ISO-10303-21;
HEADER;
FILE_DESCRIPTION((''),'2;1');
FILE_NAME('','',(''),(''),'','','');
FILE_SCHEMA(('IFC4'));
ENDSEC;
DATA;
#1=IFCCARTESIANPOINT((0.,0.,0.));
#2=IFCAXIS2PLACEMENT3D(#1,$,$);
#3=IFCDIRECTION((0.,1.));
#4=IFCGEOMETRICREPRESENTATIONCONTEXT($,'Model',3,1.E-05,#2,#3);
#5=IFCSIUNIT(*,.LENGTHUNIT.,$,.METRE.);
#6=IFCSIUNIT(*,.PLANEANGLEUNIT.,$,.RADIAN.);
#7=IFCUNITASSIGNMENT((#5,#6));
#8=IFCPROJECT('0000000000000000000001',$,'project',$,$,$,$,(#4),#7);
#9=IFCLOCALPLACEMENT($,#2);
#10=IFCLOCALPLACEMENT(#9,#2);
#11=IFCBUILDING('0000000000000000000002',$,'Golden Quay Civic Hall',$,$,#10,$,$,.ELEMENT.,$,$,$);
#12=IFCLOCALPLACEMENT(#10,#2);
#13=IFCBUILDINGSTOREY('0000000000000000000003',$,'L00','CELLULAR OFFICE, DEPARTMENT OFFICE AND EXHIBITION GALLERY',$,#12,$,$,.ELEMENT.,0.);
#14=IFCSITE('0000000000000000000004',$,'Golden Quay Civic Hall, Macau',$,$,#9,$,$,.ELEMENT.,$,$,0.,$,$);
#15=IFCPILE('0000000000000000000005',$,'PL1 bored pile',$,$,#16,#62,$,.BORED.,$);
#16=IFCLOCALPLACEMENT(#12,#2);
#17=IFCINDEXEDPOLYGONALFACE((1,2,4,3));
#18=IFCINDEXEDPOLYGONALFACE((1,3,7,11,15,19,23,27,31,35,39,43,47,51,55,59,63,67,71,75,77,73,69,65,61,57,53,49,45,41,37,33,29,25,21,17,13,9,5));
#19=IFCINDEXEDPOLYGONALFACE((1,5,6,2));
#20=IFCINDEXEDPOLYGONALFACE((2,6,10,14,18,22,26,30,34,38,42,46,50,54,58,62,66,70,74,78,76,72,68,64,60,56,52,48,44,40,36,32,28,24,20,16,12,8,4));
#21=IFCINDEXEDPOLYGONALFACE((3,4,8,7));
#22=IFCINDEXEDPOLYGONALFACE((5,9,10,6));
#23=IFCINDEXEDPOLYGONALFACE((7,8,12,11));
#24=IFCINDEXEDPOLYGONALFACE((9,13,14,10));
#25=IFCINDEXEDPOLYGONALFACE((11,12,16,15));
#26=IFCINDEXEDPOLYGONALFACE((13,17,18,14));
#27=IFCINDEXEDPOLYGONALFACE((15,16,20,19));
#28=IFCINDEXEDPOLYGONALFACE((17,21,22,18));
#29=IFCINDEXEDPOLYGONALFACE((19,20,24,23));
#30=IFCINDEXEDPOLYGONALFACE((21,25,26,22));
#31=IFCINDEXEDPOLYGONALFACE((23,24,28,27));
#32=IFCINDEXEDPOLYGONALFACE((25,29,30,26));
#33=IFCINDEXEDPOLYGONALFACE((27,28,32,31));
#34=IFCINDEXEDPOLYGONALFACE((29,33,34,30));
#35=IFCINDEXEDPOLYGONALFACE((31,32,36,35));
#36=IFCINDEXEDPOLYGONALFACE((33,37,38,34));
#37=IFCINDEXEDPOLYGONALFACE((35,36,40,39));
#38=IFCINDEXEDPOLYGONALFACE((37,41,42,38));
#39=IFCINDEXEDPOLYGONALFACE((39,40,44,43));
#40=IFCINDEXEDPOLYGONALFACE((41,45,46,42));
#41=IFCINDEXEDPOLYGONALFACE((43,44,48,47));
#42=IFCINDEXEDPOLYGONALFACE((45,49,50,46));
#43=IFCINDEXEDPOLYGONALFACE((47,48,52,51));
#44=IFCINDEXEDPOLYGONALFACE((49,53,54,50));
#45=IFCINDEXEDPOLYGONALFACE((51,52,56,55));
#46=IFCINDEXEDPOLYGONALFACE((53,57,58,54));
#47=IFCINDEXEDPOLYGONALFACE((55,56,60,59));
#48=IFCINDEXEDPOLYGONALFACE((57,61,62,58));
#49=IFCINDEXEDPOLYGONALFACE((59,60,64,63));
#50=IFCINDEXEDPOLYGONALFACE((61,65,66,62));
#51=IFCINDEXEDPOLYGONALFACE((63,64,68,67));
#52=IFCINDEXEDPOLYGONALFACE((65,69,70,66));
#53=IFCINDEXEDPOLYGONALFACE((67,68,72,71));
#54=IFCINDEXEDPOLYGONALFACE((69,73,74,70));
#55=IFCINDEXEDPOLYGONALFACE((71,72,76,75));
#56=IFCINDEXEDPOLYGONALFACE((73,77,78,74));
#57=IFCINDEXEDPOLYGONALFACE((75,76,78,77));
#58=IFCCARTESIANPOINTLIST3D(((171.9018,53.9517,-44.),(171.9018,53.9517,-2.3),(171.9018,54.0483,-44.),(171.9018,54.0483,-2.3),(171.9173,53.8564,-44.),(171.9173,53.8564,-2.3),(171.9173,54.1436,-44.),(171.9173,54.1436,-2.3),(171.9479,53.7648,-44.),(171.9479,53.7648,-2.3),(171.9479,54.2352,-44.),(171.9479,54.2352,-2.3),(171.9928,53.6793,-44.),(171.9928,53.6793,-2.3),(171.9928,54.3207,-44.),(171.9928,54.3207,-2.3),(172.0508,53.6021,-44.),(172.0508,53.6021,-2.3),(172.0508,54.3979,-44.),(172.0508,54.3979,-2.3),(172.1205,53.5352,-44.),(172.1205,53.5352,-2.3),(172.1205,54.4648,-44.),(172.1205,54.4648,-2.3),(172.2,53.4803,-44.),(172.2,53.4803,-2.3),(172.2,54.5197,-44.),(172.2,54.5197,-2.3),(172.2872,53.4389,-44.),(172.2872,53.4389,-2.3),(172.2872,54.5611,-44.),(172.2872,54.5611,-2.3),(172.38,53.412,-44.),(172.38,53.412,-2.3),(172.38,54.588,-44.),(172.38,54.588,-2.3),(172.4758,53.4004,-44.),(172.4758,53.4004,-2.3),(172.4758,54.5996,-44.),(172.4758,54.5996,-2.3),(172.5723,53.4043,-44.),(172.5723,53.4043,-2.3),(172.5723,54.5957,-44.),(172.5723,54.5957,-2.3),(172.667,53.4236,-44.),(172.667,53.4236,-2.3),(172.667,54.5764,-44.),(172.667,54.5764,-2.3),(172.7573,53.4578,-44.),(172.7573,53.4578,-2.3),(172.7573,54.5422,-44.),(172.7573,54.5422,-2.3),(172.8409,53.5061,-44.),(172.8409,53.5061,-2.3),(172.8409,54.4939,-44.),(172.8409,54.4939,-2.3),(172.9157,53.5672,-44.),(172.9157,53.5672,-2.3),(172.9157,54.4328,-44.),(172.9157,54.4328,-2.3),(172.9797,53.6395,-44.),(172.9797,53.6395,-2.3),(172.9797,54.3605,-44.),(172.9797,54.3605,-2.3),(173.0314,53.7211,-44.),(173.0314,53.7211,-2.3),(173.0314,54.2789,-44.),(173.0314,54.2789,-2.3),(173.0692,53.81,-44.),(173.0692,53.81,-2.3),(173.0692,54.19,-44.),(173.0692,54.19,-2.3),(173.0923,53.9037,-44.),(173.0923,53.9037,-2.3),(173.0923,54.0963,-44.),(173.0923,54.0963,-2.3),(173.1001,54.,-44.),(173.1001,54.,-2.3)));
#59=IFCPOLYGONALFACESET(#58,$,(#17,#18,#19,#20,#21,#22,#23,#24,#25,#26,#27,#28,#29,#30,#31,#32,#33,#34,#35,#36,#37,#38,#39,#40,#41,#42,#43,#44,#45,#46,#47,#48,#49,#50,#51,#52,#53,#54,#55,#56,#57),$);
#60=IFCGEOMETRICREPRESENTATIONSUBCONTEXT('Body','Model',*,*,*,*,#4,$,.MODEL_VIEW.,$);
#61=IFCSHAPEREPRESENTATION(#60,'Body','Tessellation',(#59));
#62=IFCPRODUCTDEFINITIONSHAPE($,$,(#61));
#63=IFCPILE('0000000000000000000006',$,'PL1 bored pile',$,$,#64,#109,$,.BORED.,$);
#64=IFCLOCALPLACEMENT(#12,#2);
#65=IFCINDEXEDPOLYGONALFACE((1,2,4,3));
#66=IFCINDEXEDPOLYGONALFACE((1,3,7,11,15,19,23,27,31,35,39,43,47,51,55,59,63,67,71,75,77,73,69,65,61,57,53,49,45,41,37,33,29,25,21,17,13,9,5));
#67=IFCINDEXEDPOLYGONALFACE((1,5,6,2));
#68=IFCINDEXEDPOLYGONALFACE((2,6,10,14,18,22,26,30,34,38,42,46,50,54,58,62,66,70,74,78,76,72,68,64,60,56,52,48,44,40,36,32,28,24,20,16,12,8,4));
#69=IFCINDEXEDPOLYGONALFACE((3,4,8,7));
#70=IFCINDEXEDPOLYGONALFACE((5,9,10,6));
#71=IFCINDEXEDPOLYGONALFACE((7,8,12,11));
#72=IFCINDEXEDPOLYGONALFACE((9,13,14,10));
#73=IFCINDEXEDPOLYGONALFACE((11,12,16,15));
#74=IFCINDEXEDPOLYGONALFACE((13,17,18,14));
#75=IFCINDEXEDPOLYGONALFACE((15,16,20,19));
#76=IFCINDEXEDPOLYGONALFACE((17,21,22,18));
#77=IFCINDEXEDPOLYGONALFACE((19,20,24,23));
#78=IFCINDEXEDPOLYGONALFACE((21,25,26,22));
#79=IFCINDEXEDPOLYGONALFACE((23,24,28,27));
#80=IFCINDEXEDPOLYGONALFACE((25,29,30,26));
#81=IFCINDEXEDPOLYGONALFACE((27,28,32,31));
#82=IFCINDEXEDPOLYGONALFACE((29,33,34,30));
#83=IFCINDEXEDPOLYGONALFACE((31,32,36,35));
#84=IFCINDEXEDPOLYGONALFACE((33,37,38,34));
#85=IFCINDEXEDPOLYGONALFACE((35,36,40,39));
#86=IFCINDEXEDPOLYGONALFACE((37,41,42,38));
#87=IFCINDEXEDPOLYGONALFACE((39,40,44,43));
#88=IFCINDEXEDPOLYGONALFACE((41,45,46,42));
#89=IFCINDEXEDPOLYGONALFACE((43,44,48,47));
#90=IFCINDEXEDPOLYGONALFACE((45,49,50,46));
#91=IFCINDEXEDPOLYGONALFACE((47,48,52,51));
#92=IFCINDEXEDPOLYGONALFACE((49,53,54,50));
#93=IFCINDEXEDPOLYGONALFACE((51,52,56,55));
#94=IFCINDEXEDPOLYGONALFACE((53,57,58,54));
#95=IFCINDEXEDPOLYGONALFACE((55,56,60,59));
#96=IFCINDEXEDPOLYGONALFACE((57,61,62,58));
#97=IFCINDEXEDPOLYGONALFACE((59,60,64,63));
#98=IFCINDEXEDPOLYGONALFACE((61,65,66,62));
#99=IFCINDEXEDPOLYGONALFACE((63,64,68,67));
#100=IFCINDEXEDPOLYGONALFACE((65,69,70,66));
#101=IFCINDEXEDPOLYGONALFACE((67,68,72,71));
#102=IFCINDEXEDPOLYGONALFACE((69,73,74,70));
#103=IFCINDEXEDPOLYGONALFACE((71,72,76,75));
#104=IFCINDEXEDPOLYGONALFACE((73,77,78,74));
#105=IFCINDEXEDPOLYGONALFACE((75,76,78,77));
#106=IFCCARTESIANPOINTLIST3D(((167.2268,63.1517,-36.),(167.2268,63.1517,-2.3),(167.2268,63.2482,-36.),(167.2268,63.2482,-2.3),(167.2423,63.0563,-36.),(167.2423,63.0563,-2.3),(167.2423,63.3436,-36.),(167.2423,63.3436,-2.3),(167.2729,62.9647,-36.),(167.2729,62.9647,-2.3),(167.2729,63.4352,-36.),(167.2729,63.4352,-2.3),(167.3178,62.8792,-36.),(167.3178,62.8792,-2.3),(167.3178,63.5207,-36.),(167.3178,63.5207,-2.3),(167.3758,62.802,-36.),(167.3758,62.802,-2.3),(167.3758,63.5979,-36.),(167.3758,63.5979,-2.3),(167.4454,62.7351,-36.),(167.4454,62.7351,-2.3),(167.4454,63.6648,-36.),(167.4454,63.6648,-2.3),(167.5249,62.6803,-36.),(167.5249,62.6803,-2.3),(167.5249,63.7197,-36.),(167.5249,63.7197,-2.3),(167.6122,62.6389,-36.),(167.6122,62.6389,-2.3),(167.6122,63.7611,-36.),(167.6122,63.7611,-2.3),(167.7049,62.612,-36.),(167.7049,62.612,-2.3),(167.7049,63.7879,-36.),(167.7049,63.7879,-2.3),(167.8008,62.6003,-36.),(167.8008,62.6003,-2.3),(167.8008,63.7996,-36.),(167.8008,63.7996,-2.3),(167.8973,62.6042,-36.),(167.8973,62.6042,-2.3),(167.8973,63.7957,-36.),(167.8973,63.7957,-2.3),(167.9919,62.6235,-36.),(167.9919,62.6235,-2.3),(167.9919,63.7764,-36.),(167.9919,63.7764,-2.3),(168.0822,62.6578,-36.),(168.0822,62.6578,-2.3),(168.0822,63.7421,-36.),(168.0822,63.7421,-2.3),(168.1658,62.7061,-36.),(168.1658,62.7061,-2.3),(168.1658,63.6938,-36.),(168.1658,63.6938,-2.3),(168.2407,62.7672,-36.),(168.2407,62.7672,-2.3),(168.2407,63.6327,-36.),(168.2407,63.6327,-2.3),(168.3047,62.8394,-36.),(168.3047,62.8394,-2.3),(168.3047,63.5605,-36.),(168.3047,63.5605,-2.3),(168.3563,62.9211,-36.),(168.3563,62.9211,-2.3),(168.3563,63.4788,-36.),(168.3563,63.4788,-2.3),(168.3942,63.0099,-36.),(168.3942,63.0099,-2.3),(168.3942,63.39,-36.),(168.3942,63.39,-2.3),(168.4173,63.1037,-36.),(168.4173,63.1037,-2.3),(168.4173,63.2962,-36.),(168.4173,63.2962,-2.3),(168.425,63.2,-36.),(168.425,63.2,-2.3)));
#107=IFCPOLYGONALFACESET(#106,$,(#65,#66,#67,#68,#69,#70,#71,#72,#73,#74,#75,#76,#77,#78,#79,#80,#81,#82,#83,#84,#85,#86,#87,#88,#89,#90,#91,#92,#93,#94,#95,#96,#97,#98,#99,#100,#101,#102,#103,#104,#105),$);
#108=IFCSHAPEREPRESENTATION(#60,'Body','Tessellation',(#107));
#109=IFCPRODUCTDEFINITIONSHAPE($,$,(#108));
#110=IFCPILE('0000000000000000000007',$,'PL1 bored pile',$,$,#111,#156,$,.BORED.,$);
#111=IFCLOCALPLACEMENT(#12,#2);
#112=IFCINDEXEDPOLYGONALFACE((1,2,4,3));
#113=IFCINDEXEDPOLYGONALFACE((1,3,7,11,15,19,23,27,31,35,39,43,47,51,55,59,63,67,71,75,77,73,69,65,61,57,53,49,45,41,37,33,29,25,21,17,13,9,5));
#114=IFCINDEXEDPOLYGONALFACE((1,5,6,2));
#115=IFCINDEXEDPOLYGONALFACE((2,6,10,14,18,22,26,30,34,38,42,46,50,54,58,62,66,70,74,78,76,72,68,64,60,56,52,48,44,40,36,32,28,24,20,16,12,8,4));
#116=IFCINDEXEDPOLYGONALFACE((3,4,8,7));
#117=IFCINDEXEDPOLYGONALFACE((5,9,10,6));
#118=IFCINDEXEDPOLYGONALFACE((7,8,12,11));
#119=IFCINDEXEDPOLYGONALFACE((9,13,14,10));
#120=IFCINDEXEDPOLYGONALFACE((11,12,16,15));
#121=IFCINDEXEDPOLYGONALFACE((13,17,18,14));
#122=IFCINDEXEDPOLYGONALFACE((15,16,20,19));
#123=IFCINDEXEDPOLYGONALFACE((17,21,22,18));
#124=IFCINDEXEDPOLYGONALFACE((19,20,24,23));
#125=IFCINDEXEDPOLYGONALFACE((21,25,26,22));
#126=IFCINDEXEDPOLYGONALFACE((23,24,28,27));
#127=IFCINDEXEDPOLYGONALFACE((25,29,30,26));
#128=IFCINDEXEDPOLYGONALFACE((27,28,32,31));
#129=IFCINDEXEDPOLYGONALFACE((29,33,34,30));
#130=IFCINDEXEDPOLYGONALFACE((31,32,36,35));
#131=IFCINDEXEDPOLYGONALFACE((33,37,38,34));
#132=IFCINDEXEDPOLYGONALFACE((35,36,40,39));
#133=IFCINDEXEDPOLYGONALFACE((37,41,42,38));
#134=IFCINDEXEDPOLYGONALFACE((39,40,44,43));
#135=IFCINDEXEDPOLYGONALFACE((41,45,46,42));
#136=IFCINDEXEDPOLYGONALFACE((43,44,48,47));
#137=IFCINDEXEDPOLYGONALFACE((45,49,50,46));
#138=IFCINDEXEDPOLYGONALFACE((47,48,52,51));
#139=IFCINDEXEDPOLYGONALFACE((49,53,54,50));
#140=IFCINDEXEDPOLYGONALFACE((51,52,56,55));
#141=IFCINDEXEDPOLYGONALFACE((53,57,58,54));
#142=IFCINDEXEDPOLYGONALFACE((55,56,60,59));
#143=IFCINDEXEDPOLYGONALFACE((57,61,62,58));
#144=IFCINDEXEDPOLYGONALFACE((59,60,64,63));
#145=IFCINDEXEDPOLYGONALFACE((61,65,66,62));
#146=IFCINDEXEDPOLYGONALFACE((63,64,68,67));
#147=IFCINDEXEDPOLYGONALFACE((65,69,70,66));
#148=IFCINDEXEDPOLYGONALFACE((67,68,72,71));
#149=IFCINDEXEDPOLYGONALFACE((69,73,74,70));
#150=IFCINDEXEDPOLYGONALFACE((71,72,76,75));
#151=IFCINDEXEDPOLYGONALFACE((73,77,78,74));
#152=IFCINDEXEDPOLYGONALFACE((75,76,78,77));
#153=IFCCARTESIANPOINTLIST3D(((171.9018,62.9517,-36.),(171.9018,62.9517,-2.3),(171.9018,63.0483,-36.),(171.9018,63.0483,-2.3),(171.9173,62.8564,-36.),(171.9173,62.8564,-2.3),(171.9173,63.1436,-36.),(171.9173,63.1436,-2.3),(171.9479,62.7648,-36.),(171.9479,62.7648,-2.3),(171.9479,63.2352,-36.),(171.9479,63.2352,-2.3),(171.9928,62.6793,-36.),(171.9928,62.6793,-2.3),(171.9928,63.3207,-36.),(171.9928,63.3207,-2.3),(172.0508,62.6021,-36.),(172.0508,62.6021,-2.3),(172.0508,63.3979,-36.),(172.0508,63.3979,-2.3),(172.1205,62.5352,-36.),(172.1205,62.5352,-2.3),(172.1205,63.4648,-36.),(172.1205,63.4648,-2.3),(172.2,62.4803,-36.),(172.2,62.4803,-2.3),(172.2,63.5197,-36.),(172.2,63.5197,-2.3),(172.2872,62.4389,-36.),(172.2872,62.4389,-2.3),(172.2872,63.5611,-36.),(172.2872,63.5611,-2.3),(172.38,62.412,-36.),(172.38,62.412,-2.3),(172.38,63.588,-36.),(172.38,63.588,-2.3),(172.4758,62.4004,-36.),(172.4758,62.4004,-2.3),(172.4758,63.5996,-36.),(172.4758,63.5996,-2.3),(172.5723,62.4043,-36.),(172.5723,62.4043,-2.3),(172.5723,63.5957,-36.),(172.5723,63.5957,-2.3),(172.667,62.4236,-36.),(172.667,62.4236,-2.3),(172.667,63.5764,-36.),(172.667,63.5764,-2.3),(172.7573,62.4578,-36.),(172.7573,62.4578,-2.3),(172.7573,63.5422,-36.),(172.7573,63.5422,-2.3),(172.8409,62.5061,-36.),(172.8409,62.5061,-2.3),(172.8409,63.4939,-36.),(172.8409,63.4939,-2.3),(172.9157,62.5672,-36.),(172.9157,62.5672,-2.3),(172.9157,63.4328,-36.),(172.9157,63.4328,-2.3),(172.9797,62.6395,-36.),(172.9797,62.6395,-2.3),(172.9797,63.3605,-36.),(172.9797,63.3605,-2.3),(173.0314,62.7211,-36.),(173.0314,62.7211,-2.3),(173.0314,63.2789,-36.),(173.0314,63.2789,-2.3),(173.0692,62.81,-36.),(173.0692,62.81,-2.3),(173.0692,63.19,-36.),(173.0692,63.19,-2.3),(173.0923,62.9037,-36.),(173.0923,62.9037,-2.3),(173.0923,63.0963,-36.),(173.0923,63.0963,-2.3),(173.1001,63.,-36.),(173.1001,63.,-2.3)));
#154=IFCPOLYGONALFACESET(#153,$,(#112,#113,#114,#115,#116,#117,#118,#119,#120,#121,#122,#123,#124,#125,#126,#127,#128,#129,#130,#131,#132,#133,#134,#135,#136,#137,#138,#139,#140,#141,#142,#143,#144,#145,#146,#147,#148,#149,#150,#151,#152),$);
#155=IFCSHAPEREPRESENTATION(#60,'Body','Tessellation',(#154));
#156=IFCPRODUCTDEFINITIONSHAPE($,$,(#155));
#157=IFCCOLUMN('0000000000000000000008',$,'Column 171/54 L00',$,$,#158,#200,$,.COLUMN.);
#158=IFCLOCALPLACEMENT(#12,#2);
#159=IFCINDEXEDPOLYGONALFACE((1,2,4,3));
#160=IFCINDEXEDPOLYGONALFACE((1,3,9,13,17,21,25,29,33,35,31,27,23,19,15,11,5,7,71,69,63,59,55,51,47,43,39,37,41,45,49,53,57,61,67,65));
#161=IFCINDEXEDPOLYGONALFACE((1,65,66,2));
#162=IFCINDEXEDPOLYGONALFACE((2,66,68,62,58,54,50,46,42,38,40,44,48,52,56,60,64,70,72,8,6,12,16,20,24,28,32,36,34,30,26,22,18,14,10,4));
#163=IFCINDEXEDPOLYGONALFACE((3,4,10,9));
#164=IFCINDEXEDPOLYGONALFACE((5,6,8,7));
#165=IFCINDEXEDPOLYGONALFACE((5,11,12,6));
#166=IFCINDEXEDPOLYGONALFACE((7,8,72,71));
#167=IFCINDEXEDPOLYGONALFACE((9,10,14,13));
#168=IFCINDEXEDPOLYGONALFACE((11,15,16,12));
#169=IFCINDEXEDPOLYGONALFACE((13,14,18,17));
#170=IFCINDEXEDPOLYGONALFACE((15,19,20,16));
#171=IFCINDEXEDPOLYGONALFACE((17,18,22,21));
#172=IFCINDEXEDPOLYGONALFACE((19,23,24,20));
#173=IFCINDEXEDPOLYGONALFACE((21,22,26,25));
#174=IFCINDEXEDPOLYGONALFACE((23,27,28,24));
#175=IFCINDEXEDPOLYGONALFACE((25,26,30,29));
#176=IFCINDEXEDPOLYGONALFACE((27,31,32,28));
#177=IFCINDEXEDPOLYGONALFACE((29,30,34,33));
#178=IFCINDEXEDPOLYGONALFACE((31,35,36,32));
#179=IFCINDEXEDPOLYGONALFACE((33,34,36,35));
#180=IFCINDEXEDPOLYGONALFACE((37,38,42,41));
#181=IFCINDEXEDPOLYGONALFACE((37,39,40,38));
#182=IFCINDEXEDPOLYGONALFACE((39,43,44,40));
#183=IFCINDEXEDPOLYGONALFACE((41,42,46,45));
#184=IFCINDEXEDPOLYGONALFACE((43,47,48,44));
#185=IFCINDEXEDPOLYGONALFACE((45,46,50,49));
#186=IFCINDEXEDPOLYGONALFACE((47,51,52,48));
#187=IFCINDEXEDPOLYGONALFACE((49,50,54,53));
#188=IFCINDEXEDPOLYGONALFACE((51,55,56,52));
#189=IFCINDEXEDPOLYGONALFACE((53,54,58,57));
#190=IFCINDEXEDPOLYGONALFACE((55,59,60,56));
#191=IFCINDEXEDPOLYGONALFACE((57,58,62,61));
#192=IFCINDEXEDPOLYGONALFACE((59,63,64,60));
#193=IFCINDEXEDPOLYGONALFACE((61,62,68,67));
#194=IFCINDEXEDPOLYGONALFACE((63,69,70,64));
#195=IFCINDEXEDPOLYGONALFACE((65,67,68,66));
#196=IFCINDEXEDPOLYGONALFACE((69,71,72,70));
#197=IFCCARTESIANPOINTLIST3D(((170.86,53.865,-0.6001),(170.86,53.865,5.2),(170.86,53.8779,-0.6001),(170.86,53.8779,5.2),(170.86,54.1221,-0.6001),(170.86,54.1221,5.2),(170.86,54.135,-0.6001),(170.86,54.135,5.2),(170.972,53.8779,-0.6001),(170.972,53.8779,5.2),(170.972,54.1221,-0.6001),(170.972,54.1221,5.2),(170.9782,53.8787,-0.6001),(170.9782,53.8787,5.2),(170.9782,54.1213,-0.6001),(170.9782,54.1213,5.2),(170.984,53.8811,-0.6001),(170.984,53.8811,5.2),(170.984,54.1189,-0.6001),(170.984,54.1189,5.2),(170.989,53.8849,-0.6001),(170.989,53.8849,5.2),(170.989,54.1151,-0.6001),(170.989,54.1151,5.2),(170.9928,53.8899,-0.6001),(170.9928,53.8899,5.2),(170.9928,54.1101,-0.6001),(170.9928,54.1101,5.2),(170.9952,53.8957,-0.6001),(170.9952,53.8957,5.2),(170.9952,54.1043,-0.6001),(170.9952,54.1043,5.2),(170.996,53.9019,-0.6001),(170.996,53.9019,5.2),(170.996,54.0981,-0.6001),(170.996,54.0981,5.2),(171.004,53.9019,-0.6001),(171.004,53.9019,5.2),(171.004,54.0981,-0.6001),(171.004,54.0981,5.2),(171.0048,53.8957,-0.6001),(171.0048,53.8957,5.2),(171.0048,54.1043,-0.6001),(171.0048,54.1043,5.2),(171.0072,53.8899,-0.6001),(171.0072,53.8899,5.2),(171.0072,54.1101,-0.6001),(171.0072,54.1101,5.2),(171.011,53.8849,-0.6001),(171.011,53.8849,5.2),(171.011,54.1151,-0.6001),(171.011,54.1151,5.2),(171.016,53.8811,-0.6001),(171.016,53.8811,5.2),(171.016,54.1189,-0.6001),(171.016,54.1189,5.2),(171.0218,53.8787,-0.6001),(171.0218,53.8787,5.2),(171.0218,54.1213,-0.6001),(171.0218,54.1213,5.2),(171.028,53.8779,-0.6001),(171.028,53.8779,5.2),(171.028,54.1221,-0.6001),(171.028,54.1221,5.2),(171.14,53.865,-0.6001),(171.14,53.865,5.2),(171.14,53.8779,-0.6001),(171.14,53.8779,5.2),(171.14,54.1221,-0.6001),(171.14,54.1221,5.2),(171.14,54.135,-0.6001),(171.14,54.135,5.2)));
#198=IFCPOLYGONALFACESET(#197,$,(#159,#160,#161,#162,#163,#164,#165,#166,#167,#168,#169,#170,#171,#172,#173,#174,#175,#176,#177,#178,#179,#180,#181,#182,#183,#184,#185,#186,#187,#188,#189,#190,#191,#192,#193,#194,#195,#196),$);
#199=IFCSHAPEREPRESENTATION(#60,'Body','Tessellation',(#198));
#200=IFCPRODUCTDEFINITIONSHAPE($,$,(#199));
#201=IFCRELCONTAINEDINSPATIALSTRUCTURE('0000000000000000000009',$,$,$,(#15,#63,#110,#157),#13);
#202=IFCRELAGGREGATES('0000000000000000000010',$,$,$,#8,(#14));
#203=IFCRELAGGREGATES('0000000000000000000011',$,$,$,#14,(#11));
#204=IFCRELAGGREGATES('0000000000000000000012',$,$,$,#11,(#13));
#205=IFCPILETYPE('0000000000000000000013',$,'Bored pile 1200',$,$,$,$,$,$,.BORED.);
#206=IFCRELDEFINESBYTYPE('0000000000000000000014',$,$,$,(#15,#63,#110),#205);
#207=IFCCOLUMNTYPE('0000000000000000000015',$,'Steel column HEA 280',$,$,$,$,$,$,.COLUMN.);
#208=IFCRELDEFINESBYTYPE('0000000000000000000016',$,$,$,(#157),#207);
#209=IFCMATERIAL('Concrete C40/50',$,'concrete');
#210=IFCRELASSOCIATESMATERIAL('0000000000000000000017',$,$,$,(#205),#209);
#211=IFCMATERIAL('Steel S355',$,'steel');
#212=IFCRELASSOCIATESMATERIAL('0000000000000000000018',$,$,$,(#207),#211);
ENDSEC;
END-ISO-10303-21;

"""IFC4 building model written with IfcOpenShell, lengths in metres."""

from ifc_helpers import new_model, si_unit, direction, frame, origin, origin_2d, place, context, subcontext, project, spatial, circle, i_section, extrude, material, material_profile, profile_set, type_object, element, save


model = new_model("IFC4")

# Units and contexts
model_context = context("Model", 3, precision=1e-05, world=origin(), true_north=direction((0.0, 1.0)))
body_context = subcontext(model_context, "Body", "Model", "MODEL_VIEW")
ifc_project = project(units=[si_unit("LENGTHUNIT", "METRE"), si_unit("PLANEANGLEUNIT", "RADIAN")], contexts=[model_context])

# Site, building, storey
site_placement = place(None, origin())
site = spatial("IfcSite", under=ifc_project, at=site_placement, Name="Golden Quay Civic Hall, Macau", CompositionType="ELEMENT", RefElevation=0.0)
building_placement = place(site_placement, origin())
building = spatial("IfcBuilding", under=site, at=building_placement, Name="Golden Quay Civic Hall", CompositionType="ELEMENT")
storey_placement = place(building_placement, origin())
storey = spatial("IfcBuildingStorey", under=building, at=storey_placement, Name="L00", Description="CELLULAR OFFICE, DEPARTMENT OFFICE AND EXHIBITION GALLERY", CompositionType="ELEMENT", Elevation=0.0)

# Piles
ifc_material_1 = material(Name="Concrete C40/50", Category="concrete")
ifc_material_profile_1 = material_profile(ifc_material_1, circle(Radius=0.6001, at=origin_2d()), Name="RC D1200")
ifc_profile_set_1 = profile_set([ifc_material_profile_1], Name="Concrete C40/50")
pile_type = type_object("IfcPileType", Name="Bored pile 1200", PredefinedType="BORED", material=ifc_profile_set_1)
pile_placement = place(storey_placement, frame((172.5, 54.0, -2.3), z_axis=(0.0, 0.0, -1.0), x_axis=(1.0, 0.0, 0.0)))
element("IfcPile", 1, at=pile_placement, inside=storey, type_object=pile_type, Name="PL1 bored pile", PredefinedType="BORED", context=body_context, shape_type="SweptSolid", body=[
    extrude(circle(Radius=0.6001, at=origin_2d()), origin(), (0.0, 0.0, 1.0), 41.7),
])
for number, where, z_axis, x_axis, name in (
    (2, (167.825, 63.2, -2.3), (0.0, 0.0, -1.0), (1.0, 0.0, 0.0), "PL1 bored pile"),
    (3, (172.5, 63.0, -2.3), (0.0, 0.0, -1.0), (1.0, 0.0, 0.0), "PL1 bored pile"),
):
    element("IfcPile", number, at=place(storey_placement, frame(where, z_axis=z_axis, x_axis=x_axis)), inside=storey, type_object=pile_type, Name=name, PredefinedType="BORED", context=body_context, shape_type="SweptSolid", body=[
        extrude(circle(Radius=0.6001, at=origin_2d()), origin(), (0.0, 0.0, 1.0), 33.7),
    ])

# Column
ifc_material_2 = material(Name="Steel S355", Category="steel")
ifc_material_profile_2 = material_profile(ifc_material_2, i_section(OverallWidth=0.28, OverallDepth=0.27, WebThickness=0.0081, FlangeThickness=0.0129, FilletRadius=0.0239, at=origin_2d()), Name="HEA 280")
ifc_profile_set_2 = profile_set([ifc_material_profile_2], Name="Steel S355")
column_type_1 = type_object("IfcColumnType", Name="Steel column HEA 280", PredefinedType="COLUMN", material=ifc_profile_set_2)
column_1_placement = place(storey_placement, frame((171.0, 54.0, -0.6001), z_axis=(0.0, 0.0, 1.0), x_axis=(1.0, 0.0, 0.0)))
element("IfcColumn", 4, at=column_1_placement, inside=storey, type_object=column_type_1, Name="Column 171/54 L00", PredefinedType="COLUMN", context=body_context, shape_type="SweptSolid", body=[
    extrude(i_section(OverallWidth=0.28, OverallDepth=0.27, WebThickness=0.0081, FlangeThickness=0.0129, FilletRadius=0.0239, at=origin_2d()), origin(), (0.0, 0.0, 1.0), 5.8),
])

save(model, "model.ifc")
